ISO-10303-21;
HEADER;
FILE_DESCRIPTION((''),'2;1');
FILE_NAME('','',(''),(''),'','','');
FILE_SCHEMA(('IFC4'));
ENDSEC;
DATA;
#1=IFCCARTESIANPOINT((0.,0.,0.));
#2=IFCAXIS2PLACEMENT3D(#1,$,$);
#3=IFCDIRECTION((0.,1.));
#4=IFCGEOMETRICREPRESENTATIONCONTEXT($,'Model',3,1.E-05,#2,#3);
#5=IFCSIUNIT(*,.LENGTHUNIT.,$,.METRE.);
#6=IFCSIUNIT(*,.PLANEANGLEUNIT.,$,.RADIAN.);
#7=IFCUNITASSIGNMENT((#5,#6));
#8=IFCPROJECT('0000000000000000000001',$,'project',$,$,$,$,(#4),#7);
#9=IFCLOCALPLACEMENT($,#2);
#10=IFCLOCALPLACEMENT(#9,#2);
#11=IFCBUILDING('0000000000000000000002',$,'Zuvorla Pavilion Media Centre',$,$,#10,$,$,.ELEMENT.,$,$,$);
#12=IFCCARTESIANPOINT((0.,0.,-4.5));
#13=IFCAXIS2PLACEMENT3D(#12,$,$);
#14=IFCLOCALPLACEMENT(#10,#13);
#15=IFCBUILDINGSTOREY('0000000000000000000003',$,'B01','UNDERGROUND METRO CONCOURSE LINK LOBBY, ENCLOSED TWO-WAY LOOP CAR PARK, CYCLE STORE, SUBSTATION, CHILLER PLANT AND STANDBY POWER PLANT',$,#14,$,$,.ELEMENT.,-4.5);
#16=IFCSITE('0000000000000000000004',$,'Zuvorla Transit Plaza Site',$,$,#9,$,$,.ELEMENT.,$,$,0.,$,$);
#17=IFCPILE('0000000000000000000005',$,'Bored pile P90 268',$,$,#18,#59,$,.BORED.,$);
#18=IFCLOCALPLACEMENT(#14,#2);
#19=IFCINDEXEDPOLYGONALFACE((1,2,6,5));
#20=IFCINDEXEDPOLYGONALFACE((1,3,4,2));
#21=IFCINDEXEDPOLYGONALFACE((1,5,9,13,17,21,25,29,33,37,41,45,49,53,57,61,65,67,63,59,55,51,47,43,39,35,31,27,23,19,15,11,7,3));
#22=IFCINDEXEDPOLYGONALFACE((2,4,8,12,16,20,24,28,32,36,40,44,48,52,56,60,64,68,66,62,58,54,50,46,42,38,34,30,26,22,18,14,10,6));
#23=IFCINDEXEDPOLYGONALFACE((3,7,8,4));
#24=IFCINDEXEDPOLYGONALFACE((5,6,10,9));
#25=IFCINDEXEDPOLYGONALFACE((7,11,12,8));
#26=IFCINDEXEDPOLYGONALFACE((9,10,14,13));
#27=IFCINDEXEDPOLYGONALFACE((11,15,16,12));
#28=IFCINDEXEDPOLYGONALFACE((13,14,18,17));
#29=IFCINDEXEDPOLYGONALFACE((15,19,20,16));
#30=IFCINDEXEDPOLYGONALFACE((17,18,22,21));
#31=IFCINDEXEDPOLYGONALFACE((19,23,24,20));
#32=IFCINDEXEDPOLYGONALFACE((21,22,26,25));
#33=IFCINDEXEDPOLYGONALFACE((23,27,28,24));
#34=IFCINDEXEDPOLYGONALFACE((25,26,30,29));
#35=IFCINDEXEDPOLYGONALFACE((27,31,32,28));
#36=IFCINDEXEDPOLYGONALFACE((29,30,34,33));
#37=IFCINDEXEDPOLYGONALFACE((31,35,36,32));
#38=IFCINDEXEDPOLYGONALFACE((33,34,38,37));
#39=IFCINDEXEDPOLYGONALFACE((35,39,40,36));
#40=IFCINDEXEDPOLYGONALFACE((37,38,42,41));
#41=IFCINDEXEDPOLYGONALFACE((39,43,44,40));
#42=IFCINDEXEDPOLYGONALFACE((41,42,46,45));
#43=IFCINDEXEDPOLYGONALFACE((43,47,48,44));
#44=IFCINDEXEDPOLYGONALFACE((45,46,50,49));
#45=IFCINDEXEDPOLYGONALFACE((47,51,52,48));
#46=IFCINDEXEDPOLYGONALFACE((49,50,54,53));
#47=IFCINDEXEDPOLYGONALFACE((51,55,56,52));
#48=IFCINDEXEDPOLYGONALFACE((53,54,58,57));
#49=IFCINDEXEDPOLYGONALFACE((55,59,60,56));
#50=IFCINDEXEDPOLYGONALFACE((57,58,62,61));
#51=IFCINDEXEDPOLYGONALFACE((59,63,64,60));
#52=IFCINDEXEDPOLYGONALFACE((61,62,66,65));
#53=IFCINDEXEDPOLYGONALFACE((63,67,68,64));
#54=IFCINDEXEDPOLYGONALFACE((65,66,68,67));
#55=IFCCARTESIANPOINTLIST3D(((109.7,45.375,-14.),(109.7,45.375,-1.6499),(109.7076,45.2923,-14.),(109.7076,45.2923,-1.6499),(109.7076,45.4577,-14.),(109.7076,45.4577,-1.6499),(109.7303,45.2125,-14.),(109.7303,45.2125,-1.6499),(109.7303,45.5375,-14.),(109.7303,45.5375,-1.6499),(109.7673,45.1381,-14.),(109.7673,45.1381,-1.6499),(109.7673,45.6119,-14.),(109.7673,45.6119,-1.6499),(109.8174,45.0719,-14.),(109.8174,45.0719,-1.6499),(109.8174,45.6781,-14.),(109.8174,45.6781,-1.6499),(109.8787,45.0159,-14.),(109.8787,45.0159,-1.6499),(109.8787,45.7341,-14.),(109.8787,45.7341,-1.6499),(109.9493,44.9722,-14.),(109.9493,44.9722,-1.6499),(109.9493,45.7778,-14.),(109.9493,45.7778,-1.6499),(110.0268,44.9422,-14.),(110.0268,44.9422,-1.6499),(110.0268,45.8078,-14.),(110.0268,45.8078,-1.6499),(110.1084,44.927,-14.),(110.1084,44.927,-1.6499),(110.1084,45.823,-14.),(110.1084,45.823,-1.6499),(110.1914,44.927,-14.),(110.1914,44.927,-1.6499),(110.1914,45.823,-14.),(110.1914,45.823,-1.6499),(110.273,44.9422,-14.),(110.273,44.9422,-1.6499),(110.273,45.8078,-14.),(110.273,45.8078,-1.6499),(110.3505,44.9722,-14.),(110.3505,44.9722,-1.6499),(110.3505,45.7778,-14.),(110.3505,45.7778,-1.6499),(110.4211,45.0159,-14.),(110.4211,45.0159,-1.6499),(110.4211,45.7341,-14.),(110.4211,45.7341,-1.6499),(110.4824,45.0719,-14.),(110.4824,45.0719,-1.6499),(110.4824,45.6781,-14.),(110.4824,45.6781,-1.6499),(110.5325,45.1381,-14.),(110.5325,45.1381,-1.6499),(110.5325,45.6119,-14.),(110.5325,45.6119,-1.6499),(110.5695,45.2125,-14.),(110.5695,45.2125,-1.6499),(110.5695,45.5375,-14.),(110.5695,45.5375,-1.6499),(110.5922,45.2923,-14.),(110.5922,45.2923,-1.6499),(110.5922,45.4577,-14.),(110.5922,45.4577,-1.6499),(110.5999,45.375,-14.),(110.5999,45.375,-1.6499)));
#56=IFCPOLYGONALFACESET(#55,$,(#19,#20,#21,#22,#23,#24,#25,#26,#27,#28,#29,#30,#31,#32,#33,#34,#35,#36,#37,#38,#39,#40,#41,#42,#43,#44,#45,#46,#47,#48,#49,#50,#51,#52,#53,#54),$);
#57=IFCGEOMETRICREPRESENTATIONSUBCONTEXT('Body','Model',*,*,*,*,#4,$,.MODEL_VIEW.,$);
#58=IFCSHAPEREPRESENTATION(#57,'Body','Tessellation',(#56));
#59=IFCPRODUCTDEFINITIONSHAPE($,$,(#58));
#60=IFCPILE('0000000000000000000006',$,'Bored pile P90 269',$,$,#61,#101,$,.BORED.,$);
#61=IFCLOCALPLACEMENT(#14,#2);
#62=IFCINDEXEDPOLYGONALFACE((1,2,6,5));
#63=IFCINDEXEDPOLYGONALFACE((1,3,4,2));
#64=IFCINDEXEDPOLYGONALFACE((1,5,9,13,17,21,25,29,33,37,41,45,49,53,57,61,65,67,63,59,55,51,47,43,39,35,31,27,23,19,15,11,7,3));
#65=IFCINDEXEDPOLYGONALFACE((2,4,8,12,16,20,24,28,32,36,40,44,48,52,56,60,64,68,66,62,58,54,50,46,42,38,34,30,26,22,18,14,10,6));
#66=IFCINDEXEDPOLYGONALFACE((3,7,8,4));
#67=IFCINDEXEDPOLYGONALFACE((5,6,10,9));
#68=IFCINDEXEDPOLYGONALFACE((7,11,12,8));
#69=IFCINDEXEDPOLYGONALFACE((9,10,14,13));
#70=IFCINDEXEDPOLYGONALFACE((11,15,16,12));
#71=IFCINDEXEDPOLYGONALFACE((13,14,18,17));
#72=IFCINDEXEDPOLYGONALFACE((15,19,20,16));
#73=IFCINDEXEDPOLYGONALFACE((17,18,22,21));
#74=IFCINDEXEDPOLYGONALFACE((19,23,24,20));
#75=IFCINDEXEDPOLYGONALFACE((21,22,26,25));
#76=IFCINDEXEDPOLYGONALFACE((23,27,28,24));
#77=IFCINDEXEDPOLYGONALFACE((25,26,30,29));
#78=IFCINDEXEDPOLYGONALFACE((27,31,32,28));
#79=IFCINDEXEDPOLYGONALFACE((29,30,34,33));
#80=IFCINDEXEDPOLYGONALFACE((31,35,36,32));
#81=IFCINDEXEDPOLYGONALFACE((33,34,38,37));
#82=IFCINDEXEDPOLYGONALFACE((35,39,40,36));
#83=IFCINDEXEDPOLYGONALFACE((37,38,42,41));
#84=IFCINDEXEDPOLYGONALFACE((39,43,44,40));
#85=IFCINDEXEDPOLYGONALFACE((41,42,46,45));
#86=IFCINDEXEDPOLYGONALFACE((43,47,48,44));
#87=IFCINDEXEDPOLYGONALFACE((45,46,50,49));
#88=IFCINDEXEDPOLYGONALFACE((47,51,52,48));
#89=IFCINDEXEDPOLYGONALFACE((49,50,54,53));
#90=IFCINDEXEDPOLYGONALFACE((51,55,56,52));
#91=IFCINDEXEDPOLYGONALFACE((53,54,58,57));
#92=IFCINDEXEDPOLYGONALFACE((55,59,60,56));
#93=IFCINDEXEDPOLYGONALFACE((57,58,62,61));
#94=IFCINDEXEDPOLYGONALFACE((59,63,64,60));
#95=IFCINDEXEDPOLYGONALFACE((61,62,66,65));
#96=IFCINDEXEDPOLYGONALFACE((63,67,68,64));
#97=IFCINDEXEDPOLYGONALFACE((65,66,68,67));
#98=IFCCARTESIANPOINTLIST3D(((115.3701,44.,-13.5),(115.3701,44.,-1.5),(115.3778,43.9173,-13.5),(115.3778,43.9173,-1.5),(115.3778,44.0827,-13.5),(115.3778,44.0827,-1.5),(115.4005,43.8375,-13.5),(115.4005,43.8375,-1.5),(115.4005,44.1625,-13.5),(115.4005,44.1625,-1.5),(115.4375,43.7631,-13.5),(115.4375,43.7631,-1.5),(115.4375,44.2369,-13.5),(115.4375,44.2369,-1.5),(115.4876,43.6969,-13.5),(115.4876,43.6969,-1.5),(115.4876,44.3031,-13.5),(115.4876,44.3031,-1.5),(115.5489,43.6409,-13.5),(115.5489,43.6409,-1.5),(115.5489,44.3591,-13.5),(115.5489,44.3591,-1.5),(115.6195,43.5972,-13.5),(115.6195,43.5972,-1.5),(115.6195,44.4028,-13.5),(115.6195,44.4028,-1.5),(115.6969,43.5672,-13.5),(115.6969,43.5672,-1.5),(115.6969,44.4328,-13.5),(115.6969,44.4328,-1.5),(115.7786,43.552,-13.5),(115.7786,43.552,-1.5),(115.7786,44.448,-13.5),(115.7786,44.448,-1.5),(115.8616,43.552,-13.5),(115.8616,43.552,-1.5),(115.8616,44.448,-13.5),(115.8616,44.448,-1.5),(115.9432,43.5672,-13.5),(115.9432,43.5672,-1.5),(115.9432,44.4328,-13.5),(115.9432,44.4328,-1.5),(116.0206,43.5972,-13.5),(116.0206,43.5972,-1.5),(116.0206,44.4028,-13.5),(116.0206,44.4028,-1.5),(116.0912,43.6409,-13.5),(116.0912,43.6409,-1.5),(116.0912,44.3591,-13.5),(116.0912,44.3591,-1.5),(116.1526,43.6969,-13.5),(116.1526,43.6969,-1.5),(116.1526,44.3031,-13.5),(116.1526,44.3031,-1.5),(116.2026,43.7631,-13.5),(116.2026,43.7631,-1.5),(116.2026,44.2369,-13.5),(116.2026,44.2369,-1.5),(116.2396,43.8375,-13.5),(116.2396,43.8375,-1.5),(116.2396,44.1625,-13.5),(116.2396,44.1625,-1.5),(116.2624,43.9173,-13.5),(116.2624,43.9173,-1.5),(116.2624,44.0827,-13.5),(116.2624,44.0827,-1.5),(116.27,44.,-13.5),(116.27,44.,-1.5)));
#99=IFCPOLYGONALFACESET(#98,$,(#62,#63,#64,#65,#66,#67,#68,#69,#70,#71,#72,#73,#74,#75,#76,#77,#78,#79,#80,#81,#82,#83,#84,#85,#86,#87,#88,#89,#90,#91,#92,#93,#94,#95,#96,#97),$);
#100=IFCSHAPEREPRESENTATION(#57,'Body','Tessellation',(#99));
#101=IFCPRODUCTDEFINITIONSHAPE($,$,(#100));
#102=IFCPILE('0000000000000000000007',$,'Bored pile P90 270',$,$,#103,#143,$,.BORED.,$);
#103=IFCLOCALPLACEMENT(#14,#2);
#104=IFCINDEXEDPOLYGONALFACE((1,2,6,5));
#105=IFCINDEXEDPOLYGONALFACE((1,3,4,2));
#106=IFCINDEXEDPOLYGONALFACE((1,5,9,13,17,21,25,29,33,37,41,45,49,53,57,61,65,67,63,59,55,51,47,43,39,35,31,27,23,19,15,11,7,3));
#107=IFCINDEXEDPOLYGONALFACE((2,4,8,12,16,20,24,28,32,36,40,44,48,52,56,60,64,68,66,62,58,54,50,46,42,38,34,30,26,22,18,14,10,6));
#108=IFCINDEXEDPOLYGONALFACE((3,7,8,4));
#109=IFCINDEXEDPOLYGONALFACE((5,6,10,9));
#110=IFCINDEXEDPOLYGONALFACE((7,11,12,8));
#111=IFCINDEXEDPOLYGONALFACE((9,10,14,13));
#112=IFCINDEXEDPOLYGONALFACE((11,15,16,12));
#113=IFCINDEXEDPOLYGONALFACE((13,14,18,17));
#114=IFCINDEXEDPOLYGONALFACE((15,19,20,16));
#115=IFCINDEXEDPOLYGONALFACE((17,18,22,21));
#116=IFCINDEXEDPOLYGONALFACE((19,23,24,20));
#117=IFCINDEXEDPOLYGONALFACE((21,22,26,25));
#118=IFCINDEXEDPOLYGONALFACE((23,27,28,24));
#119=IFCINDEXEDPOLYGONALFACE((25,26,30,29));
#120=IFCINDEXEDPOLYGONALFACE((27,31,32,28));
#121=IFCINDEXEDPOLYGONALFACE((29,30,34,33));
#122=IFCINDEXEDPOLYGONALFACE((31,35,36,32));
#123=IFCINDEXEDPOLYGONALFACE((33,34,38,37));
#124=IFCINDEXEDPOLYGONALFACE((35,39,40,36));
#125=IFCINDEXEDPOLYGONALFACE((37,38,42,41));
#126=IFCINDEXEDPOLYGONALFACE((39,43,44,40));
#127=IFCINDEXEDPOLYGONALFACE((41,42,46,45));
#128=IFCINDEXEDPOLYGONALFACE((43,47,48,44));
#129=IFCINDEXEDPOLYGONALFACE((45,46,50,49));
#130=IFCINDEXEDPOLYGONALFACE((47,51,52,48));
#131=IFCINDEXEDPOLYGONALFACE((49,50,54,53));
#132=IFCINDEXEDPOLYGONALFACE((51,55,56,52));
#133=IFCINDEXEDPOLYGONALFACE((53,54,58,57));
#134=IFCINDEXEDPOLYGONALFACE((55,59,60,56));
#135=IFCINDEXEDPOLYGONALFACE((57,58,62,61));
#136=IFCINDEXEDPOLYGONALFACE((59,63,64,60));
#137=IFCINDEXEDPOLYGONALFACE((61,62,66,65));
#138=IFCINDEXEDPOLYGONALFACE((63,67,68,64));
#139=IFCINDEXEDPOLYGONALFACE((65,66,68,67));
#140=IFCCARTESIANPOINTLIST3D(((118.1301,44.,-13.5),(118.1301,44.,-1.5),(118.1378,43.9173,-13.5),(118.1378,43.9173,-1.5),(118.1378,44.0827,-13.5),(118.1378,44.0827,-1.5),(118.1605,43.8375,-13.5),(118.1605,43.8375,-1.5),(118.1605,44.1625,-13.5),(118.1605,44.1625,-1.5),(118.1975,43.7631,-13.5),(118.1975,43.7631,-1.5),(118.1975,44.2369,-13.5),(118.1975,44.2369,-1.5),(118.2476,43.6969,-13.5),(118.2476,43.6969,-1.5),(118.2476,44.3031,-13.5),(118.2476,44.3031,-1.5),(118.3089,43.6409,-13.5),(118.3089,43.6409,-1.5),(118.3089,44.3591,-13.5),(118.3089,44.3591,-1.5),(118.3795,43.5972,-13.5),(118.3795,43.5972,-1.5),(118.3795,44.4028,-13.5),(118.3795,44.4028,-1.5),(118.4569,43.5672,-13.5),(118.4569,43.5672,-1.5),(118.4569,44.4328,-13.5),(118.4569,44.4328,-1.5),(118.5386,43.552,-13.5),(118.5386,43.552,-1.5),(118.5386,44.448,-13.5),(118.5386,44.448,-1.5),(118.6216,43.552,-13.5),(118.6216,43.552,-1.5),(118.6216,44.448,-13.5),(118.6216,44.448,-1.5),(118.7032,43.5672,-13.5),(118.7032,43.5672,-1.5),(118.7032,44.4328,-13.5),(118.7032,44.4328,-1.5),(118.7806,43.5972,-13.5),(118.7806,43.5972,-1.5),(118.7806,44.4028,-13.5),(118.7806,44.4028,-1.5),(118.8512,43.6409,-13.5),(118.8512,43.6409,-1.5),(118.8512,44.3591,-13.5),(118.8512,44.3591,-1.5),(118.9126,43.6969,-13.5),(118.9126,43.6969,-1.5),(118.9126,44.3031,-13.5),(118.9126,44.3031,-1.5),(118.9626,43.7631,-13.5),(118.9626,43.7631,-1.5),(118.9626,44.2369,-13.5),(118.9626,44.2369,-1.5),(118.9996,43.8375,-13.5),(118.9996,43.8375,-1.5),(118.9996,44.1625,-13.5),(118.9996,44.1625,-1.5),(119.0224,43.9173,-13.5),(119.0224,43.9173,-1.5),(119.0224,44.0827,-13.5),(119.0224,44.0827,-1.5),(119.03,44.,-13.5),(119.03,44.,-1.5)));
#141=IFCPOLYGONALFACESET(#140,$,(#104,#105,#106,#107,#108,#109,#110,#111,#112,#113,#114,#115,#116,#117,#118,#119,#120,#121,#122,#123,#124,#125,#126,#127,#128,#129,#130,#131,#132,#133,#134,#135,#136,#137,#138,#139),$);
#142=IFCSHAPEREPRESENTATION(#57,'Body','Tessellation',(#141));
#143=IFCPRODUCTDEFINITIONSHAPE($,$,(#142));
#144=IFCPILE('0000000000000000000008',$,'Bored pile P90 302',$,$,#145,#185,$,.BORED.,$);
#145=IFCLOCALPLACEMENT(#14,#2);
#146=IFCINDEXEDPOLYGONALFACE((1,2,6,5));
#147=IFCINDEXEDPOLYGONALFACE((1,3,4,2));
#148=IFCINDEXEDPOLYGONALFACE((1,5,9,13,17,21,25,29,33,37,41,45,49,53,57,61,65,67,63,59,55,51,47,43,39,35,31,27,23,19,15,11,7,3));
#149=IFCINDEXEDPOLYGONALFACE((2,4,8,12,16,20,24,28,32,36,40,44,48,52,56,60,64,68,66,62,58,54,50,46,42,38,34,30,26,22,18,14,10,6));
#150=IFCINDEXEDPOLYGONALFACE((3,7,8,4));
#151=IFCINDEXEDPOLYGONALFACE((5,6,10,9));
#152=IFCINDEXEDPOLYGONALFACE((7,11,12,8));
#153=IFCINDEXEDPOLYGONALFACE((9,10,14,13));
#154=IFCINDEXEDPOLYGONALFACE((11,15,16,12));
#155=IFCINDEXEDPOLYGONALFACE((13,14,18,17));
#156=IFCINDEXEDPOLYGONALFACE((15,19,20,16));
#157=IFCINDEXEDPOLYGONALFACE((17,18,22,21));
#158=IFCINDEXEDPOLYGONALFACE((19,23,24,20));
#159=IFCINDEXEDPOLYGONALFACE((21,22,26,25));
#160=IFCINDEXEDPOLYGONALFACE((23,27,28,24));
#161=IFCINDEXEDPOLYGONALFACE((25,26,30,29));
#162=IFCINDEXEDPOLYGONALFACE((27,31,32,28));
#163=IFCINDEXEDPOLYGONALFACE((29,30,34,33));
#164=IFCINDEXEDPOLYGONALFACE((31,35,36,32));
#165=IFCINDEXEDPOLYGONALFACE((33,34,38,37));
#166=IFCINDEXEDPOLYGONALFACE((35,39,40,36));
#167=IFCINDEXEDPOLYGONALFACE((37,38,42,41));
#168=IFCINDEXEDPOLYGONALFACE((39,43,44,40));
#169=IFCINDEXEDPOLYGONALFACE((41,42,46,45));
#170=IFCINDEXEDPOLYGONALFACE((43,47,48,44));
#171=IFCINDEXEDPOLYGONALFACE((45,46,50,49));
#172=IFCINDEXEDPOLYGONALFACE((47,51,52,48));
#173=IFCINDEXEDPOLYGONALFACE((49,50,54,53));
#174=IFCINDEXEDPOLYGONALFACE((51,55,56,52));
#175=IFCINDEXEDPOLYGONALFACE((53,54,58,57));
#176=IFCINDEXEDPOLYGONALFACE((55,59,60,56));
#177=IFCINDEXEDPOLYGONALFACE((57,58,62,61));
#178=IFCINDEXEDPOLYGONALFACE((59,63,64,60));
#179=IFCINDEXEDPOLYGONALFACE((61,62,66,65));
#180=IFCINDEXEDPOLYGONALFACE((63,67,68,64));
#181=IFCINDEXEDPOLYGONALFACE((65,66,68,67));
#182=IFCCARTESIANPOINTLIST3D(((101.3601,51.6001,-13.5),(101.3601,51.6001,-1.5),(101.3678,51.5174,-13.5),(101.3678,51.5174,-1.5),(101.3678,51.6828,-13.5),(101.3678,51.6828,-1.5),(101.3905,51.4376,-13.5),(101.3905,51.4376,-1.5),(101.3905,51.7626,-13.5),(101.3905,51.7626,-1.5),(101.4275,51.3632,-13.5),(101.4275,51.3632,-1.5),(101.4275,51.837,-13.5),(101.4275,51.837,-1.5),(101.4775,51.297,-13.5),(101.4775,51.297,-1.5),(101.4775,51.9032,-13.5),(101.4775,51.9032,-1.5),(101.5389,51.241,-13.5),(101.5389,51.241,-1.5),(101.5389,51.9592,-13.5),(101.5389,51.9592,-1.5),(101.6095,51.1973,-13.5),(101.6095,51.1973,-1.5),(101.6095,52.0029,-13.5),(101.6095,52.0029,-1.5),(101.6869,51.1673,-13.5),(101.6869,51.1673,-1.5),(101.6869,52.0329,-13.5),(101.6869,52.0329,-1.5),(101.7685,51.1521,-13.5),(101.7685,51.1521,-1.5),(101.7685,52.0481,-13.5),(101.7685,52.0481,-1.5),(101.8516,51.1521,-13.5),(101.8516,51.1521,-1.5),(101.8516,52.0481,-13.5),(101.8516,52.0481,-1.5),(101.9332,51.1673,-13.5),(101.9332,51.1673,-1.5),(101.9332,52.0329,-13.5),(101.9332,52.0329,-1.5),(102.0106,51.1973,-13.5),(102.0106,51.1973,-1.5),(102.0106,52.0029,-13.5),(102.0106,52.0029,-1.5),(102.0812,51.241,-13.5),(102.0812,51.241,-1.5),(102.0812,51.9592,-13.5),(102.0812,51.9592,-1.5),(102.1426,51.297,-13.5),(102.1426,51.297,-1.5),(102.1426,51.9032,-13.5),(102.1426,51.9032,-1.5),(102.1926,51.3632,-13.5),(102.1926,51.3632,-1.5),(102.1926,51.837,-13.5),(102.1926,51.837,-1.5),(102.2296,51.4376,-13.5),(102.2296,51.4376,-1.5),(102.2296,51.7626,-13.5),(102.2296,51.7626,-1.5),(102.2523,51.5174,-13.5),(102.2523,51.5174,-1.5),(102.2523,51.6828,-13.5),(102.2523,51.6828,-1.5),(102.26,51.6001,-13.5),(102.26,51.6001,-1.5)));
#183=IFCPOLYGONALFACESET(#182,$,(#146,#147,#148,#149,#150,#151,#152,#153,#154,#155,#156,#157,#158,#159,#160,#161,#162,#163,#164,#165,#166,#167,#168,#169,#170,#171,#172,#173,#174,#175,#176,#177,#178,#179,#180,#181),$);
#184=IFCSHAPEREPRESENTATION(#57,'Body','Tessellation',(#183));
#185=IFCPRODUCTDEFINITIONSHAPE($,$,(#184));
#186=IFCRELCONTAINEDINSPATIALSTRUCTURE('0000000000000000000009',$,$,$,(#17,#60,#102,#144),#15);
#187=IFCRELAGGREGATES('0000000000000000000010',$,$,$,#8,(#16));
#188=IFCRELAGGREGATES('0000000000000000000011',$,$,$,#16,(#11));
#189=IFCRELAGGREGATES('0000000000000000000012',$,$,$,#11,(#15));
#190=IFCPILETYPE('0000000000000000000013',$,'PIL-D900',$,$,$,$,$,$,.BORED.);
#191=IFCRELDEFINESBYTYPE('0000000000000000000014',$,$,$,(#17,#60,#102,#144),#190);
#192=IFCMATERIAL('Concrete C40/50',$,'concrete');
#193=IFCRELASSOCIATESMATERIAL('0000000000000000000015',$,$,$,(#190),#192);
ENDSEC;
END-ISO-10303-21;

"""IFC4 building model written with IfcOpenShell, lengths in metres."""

from ifc_helpers import new_model, si_unit, direction, frame, origin, origin_2d, place, context, subcontext, project, spatial, circle, extrude, material, material_profile, profile_set, type_object, element, save


model = new_model("IFC4")

# Units and contexts
model_context = context("Model", 3, precision=1e-05, world=origin(), true_north=direction((0.0, 1.0)))
body_context = subcontext(model_context, "Body", "Model", "MODEL_VIEW")
ifc_project = project(units=[si_unit("LENGTHUNIT", "METRE"), si_unit("PLANEANGLEUNIT", "RADIAN")], contexts=[model_context])

# Site, building, storey
site_placement = place(None, origin())
site = spatial("IfcSite", under=ifc_project, at=site_placement, Name="Zuvorla Transit Plaza Site", CompositionType="ELEMENT", RefElevation=0.0)
building_placement = place(site_placement, origin())
building = spatial("IfcBuilding", under=site, at=building_placement, Name="Zuvorla Pavilion Media Centre", CompositionType="ELEMENT")
storey_placement = place(building_placement, frame((0.0, 0.0, -4.5)))
storey = spatial("IfcBuildingStorey", under=building, at=storey_placement, Name="B01", Description="UNDERGROUND METRO CONCOURSE LINK LOBBY, ENCLOSED TWO-WAY LOOP CAR PARK, CYCLE STORE, SUBSTATION, CHILLER PLANT AND STANDBY POWER PLANT", CompositionType="ELEMENT", Elevation=-4.5)

# Shared definitions
ifc_material = material(Name="Concrete C40/50", Category="concrete")

# Piles
ifc_material_profile_1 = material_profile(ifc_material, circle(Radius=0.45, at=origin_2d()), Name="BORED PILE 900")
ifc_profile_set_1 = profile_set([ifc_material_profile_1], Name="Concrete C40/50")
pile_type = type_object("IfcPileType", Name="PIL-D900", PredefinedType="BORED", material=ifc_profile_set_1)
for number, where, z_axis, x_axis, name in (
    (1, (110.1499, 45.375, -1.6499), (0.0, 0.0, -1.0), (1.0, 0.0, 0.0), "Bored pile P90 268"),
):
    element("IfcPile", number, at=place(storey_placement, frame(where, z_axis=z_axis, x_axis=x_axis)), inside=storey, type_object=pile_type, Name=name, PredefinedType="BORED", context=body_context, shape_type="SweptSolid", body=[
        extrude(circle(Radius=0.45, at=origin_2d()), origin(), (0.0, 0.0, 1.0), 12.3501),
    ])
for number, where, z_axis, x_axis, name in (
    (2, (115.8201, 44.0, -1.5), (0.0, 0.0, -1.0), (1.0, 0.0, 0.0), "Bored pile P90 269"),
    (3, (118.5801, 44.0, -1.5), (0.0, 0.0, -1.0), (1.0, 0.0, 0.0), "Bored pile P90 270"),
    (4, (101.8101, 51.6001, -1.5), (0.0, 0.0, -1.0), (1.0, 0.0, 0.0), "Bored pile P90 302"),
):
    element("IfcPile", number, at=place(storey_placement, frame(where, z_axis=z_axis, x_axis=x_axis)), inside=storey, type_object=pile_type, Name=name, PredefinedType="BORED", context=body_context, shape_type="SweptSolid", body=[
        extrude(circle(Radius=0.45, at=origin_2d()), origin(), (0.0, 0.0, 1.0), 12.0),
    ])

save(model, "model.ifc")
